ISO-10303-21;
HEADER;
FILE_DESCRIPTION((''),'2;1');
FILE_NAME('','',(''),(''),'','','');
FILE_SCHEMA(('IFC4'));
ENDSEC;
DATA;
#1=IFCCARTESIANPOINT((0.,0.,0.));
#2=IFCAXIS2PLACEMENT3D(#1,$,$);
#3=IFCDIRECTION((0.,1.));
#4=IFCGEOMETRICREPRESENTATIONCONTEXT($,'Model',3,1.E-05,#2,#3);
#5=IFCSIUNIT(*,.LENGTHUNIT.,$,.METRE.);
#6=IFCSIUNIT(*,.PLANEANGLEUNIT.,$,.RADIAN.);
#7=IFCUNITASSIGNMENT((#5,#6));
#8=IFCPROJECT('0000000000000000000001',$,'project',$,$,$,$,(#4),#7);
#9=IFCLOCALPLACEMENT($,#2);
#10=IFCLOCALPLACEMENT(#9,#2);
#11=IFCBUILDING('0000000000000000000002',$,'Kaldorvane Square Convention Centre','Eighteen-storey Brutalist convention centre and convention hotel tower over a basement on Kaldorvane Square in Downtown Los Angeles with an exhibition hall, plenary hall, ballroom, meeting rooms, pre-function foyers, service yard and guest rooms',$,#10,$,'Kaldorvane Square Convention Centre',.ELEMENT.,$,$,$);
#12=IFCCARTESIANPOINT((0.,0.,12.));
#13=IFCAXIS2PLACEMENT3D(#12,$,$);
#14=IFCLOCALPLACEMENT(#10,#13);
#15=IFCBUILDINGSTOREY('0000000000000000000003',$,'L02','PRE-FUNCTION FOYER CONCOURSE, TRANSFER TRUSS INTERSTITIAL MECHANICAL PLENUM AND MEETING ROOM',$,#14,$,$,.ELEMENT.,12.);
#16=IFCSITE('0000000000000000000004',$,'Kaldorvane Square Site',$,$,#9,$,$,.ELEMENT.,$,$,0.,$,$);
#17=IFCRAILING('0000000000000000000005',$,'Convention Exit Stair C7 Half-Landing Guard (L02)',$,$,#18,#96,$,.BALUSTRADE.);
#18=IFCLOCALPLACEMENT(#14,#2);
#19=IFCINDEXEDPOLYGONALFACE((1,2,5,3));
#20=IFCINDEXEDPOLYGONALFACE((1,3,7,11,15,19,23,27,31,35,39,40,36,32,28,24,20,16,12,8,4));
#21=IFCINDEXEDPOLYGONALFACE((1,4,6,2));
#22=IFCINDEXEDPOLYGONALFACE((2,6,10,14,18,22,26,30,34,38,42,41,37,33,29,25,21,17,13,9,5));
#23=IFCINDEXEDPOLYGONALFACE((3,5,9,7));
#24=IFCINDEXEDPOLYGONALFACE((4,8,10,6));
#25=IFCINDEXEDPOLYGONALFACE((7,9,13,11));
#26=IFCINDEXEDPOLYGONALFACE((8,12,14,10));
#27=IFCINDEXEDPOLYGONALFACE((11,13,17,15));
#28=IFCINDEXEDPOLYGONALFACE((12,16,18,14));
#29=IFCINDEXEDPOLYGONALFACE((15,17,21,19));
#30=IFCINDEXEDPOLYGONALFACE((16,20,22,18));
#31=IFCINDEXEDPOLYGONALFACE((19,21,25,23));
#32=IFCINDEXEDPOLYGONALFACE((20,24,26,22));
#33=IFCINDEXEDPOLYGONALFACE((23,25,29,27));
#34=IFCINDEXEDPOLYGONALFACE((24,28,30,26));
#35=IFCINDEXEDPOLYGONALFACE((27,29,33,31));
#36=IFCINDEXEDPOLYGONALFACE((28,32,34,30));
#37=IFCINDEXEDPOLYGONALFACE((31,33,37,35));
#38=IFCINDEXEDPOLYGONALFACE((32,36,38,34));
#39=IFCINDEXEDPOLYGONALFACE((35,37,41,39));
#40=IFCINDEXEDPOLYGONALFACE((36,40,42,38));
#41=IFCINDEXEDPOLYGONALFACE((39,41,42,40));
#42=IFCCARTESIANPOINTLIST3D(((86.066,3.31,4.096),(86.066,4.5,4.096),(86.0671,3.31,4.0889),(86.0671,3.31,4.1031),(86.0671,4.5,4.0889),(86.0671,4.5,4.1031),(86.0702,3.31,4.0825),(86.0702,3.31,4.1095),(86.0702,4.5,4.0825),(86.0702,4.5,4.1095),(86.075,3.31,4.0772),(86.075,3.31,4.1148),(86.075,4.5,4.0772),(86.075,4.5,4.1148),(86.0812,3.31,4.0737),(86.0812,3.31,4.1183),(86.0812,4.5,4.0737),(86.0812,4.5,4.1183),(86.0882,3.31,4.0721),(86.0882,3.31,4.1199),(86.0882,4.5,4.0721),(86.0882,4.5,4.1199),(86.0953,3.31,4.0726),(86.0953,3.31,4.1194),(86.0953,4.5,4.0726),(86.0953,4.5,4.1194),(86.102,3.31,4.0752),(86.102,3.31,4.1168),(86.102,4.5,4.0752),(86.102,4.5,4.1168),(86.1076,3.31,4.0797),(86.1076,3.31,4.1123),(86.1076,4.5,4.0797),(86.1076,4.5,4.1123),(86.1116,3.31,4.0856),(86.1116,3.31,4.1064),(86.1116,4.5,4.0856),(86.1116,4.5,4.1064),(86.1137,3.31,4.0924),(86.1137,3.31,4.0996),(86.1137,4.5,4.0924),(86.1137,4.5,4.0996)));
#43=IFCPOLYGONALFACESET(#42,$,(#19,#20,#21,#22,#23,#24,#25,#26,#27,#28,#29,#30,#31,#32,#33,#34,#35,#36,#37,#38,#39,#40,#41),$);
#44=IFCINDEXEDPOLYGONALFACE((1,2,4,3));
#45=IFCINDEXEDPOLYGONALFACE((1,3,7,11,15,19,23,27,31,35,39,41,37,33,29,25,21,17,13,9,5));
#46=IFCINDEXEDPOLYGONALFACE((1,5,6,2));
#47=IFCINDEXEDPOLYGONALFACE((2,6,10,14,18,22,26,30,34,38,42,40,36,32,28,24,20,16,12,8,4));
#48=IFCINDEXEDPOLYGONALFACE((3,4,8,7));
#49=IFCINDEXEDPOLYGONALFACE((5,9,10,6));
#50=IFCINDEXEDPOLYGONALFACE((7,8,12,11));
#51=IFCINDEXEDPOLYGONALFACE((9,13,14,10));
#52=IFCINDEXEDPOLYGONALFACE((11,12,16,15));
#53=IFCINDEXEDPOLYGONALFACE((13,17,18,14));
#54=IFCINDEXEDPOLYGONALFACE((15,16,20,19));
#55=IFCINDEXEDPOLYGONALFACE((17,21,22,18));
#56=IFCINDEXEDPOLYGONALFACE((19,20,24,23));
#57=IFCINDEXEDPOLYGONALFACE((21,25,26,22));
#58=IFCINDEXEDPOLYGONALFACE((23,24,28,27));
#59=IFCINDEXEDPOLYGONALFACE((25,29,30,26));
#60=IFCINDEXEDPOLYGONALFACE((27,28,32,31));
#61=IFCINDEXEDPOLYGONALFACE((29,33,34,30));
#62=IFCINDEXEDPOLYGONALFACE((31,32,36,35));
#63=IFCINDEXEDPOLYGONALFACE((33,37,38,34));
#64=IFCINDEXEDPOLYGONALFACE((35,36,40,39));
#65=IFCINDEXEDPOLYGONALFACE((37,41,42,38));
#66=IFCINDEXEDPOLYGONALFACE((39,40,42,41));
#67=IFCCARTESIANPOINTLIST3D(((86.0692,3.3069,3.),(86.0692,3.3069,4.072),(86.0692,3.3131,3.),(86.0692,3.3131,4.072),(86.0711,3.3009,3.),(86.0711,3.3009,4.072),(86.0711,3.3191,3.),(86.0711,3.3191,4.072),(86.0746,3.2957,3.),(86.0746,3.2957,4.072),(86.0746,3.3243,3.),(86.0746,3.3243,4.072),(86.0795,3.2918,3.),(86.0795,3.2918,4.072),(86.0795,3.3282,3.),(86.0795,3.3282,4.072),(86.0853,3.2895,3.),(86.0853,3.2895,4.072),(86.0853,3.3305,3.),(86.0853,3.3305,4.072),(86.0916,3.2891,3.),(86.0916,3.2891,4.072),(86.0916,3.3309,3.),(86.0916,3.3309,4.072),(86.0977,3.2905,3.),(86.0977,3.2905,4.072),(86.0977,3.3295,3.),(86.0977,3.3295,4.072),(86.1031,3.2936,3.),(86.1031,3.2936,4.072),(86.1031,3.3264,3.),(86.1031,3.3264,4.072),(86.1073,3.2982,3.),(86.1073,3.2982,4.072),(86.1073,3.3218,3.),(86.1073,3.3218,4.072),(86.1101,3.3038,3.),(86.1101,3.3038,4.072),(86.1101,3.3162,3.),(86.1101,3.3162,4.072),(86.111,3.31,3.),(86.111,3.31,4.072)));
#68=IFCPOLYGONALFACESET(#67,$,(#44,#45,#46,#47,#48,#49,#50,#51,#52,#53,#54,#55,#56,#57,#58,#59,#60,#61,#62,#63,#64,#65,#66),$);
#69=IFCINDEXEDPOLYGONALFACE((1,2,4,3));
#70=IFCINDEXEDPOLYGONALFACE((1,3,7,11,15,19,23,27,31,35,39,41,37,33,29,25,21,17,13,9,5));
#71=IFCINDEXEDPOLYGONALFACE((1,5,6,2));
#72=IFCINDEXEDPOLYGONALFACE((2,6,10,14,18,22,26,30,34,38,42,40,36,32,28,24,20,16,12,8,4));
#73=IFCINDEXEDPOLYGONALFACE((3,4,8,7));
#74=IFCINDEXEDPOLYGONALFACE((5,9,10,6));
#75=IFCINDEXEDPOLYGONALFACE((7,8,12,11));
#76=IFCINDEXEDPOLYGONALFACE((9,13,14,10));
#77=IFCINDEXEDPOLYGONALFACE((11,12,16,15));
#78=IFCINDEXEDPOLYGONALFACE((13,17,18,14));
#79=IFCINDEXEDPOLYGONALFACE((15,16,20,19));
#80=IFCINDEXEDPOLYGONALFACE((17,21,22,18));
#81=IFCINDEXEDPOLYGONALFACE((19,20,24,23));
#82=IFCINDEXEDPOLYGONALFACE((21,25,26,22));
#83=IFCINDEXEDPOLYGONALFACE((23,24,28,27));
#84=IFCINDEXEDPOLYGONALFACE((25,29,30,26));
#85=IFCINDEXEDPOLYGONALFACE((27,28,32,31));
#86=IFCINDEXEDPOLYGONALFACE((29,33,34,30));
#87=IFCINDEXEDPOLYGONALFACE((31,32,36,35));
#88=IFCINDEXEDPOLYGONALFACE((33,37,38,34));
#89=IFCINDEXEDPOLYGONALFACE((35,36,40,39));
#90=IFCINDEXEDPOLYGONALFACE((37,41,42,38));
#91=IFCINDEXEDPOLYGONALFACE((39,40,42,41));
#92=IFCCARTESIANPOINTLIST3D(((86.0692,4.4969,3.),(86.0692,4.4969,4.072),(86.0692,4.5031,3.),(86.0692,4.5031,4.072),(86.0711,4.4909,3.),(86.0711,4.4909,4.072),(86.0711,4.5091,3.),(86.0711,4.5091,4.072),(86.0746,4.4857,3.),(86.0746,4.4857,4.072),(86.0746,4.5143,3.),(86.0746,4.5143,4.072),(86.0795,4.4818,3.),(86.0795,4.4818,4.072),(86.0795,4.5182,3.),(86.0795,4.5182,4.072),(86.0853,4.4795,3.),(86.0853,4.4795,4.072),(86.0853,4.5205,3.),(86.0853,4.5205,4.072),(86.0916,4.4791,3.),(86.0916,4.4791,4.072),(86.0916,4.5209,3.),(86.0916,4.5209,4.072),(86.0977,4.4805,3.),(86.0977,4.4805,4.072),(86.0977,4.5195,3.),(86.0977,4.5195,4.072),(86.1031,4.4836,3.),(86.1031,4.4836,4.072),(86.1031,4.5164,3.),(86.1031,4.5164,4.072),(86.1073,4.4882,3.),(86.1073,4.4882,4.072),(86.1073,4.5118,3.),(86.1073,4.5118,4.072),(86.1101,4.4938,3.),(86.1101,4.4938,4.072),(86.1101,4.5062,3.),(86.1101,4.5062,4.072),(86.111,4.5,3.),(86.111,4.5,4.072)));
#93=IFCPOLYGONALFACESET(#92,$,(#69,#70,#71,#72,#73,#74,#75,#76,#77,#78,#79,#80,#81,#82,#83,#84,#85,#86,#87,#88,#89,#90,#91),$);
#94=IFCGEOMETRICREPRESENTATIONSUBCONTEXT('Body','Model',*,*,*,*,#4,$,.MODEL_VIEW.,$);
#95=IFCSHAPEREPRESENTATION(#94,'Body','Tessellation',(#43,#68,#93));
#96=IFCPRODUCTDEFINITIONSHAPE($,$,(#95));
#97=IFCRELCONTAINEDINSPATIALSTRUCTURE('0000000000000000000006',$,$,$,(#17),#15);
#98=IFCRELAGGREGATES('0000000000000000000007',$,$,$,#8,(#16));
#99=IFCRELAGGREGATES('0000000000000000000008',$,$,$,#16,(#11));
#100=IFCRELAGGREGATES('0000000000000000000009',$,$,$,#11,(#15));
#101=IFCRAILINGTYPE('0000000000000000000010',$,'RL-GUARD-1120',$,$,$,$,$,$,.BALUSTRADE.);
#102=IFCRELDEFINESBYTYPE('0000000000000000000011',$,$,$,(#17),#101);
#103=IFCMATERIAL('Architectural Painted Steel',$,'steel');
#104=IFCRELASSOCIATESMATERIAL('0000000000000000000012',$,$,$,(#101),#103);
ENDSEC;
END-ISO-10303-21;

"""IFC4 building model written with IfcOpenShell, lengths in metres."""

from ifc_helpers import new_model, si_unit, direction, frame, origin, origin_2d, place, context, subcontext, project, spatial, circle, extrude, material, type_object, element, save


model = new_model("IFC4")

# Units and contexts
model_context = context("Model", 3, precision=1e-05, world=origin(), true_north=direction((0.0, 1.0)))
body_context = subcontext(model_context, "Body", "Model", "MODEL_VIEW")
ifc_project = project(units=[si_unit("LENGTHUNIT", "METRE"), si_unit("PLANEANGLEUNIT", "RADIAN")], contexts=[model_context])

# Site, building, storey
site_placement = place(None, origin())
site = spatial("IfcSite", under=ifc_project, at=site_placement, Name="Kaldorvane Square Site", CompositionType="ELEMENT", RefElevation=0.0)
building_placement = place(site_placement, origin())
building = spatial("IfcBuilding", under=site, at=building_placement, Name="Kaldorvane Square Convention Centre", Description="Eighteen-storey Brutalist convention centre and convention hotel tower over a basement on Kaldorvane Square in Downtown Los Angeles with an exhibition hall, plenary hall, ballroom, meeting rooms, pre-function foyers, service yard and guest rooms", LongName="Kaldorvane Square Convention Centre", CompositionType="ELEMENT")
storey_placement = place(building_placement, frame((0.0, 0.0, 12.0)))
storey = spatial("IfcBuildingStorey", under=building, at=storey_placement, Name="L02", Description="PRE-FUNCTION FOYER CONCOURSE, TRANSFER TRUSS INTERSTITIAL MECHANICAL PLENUM AND MEETING ROOM", CompositionType="ELEMENT", Elevation=12.0)

# Railing
ifc_material_1 = material(Name="Architectural Painted Steel", Category="steel")
railing_type_1 = type_object("IfcRailingType", Name="RL-GUARD-1120", PredefinedType="BALUSTRADE", material=ifc_material_1)
for number, where, name in (
    (1, (86.09, 3.31, 3.0), "Convention Exit Stair C7 Half-Landing Guard (L02)"),
):
    element("IfcRailing", number, at=place(storey_placement, frame(where)), inside=storey, type_object=railing_type_1, Name=name, PredefinedType="BALUSTRADE", context=body_context, shape_type="SweptSolid", body=[
        extrude(circle(Radius=0.024, at=origin_2d()), frame((0.0, 0.0, 1.096), z_axis=(0.0, 1.0, 0.0), x_axis=(-1.0, 0.0, 0.0)), (0.0, 0.0, 1.0), 1.19),
        extrude(circle(Radius=0.021, at=origin_2d()), origin(), (0.0, 0.0, 1.0), 1.072),
        extrude(circle(Radius=0.021, at=origin_2d()), frame((0.0, 1.19, 0.0)), (0.0, 0.0, 1.0), 1.072),
    ])

save(model, "model.ifc")
